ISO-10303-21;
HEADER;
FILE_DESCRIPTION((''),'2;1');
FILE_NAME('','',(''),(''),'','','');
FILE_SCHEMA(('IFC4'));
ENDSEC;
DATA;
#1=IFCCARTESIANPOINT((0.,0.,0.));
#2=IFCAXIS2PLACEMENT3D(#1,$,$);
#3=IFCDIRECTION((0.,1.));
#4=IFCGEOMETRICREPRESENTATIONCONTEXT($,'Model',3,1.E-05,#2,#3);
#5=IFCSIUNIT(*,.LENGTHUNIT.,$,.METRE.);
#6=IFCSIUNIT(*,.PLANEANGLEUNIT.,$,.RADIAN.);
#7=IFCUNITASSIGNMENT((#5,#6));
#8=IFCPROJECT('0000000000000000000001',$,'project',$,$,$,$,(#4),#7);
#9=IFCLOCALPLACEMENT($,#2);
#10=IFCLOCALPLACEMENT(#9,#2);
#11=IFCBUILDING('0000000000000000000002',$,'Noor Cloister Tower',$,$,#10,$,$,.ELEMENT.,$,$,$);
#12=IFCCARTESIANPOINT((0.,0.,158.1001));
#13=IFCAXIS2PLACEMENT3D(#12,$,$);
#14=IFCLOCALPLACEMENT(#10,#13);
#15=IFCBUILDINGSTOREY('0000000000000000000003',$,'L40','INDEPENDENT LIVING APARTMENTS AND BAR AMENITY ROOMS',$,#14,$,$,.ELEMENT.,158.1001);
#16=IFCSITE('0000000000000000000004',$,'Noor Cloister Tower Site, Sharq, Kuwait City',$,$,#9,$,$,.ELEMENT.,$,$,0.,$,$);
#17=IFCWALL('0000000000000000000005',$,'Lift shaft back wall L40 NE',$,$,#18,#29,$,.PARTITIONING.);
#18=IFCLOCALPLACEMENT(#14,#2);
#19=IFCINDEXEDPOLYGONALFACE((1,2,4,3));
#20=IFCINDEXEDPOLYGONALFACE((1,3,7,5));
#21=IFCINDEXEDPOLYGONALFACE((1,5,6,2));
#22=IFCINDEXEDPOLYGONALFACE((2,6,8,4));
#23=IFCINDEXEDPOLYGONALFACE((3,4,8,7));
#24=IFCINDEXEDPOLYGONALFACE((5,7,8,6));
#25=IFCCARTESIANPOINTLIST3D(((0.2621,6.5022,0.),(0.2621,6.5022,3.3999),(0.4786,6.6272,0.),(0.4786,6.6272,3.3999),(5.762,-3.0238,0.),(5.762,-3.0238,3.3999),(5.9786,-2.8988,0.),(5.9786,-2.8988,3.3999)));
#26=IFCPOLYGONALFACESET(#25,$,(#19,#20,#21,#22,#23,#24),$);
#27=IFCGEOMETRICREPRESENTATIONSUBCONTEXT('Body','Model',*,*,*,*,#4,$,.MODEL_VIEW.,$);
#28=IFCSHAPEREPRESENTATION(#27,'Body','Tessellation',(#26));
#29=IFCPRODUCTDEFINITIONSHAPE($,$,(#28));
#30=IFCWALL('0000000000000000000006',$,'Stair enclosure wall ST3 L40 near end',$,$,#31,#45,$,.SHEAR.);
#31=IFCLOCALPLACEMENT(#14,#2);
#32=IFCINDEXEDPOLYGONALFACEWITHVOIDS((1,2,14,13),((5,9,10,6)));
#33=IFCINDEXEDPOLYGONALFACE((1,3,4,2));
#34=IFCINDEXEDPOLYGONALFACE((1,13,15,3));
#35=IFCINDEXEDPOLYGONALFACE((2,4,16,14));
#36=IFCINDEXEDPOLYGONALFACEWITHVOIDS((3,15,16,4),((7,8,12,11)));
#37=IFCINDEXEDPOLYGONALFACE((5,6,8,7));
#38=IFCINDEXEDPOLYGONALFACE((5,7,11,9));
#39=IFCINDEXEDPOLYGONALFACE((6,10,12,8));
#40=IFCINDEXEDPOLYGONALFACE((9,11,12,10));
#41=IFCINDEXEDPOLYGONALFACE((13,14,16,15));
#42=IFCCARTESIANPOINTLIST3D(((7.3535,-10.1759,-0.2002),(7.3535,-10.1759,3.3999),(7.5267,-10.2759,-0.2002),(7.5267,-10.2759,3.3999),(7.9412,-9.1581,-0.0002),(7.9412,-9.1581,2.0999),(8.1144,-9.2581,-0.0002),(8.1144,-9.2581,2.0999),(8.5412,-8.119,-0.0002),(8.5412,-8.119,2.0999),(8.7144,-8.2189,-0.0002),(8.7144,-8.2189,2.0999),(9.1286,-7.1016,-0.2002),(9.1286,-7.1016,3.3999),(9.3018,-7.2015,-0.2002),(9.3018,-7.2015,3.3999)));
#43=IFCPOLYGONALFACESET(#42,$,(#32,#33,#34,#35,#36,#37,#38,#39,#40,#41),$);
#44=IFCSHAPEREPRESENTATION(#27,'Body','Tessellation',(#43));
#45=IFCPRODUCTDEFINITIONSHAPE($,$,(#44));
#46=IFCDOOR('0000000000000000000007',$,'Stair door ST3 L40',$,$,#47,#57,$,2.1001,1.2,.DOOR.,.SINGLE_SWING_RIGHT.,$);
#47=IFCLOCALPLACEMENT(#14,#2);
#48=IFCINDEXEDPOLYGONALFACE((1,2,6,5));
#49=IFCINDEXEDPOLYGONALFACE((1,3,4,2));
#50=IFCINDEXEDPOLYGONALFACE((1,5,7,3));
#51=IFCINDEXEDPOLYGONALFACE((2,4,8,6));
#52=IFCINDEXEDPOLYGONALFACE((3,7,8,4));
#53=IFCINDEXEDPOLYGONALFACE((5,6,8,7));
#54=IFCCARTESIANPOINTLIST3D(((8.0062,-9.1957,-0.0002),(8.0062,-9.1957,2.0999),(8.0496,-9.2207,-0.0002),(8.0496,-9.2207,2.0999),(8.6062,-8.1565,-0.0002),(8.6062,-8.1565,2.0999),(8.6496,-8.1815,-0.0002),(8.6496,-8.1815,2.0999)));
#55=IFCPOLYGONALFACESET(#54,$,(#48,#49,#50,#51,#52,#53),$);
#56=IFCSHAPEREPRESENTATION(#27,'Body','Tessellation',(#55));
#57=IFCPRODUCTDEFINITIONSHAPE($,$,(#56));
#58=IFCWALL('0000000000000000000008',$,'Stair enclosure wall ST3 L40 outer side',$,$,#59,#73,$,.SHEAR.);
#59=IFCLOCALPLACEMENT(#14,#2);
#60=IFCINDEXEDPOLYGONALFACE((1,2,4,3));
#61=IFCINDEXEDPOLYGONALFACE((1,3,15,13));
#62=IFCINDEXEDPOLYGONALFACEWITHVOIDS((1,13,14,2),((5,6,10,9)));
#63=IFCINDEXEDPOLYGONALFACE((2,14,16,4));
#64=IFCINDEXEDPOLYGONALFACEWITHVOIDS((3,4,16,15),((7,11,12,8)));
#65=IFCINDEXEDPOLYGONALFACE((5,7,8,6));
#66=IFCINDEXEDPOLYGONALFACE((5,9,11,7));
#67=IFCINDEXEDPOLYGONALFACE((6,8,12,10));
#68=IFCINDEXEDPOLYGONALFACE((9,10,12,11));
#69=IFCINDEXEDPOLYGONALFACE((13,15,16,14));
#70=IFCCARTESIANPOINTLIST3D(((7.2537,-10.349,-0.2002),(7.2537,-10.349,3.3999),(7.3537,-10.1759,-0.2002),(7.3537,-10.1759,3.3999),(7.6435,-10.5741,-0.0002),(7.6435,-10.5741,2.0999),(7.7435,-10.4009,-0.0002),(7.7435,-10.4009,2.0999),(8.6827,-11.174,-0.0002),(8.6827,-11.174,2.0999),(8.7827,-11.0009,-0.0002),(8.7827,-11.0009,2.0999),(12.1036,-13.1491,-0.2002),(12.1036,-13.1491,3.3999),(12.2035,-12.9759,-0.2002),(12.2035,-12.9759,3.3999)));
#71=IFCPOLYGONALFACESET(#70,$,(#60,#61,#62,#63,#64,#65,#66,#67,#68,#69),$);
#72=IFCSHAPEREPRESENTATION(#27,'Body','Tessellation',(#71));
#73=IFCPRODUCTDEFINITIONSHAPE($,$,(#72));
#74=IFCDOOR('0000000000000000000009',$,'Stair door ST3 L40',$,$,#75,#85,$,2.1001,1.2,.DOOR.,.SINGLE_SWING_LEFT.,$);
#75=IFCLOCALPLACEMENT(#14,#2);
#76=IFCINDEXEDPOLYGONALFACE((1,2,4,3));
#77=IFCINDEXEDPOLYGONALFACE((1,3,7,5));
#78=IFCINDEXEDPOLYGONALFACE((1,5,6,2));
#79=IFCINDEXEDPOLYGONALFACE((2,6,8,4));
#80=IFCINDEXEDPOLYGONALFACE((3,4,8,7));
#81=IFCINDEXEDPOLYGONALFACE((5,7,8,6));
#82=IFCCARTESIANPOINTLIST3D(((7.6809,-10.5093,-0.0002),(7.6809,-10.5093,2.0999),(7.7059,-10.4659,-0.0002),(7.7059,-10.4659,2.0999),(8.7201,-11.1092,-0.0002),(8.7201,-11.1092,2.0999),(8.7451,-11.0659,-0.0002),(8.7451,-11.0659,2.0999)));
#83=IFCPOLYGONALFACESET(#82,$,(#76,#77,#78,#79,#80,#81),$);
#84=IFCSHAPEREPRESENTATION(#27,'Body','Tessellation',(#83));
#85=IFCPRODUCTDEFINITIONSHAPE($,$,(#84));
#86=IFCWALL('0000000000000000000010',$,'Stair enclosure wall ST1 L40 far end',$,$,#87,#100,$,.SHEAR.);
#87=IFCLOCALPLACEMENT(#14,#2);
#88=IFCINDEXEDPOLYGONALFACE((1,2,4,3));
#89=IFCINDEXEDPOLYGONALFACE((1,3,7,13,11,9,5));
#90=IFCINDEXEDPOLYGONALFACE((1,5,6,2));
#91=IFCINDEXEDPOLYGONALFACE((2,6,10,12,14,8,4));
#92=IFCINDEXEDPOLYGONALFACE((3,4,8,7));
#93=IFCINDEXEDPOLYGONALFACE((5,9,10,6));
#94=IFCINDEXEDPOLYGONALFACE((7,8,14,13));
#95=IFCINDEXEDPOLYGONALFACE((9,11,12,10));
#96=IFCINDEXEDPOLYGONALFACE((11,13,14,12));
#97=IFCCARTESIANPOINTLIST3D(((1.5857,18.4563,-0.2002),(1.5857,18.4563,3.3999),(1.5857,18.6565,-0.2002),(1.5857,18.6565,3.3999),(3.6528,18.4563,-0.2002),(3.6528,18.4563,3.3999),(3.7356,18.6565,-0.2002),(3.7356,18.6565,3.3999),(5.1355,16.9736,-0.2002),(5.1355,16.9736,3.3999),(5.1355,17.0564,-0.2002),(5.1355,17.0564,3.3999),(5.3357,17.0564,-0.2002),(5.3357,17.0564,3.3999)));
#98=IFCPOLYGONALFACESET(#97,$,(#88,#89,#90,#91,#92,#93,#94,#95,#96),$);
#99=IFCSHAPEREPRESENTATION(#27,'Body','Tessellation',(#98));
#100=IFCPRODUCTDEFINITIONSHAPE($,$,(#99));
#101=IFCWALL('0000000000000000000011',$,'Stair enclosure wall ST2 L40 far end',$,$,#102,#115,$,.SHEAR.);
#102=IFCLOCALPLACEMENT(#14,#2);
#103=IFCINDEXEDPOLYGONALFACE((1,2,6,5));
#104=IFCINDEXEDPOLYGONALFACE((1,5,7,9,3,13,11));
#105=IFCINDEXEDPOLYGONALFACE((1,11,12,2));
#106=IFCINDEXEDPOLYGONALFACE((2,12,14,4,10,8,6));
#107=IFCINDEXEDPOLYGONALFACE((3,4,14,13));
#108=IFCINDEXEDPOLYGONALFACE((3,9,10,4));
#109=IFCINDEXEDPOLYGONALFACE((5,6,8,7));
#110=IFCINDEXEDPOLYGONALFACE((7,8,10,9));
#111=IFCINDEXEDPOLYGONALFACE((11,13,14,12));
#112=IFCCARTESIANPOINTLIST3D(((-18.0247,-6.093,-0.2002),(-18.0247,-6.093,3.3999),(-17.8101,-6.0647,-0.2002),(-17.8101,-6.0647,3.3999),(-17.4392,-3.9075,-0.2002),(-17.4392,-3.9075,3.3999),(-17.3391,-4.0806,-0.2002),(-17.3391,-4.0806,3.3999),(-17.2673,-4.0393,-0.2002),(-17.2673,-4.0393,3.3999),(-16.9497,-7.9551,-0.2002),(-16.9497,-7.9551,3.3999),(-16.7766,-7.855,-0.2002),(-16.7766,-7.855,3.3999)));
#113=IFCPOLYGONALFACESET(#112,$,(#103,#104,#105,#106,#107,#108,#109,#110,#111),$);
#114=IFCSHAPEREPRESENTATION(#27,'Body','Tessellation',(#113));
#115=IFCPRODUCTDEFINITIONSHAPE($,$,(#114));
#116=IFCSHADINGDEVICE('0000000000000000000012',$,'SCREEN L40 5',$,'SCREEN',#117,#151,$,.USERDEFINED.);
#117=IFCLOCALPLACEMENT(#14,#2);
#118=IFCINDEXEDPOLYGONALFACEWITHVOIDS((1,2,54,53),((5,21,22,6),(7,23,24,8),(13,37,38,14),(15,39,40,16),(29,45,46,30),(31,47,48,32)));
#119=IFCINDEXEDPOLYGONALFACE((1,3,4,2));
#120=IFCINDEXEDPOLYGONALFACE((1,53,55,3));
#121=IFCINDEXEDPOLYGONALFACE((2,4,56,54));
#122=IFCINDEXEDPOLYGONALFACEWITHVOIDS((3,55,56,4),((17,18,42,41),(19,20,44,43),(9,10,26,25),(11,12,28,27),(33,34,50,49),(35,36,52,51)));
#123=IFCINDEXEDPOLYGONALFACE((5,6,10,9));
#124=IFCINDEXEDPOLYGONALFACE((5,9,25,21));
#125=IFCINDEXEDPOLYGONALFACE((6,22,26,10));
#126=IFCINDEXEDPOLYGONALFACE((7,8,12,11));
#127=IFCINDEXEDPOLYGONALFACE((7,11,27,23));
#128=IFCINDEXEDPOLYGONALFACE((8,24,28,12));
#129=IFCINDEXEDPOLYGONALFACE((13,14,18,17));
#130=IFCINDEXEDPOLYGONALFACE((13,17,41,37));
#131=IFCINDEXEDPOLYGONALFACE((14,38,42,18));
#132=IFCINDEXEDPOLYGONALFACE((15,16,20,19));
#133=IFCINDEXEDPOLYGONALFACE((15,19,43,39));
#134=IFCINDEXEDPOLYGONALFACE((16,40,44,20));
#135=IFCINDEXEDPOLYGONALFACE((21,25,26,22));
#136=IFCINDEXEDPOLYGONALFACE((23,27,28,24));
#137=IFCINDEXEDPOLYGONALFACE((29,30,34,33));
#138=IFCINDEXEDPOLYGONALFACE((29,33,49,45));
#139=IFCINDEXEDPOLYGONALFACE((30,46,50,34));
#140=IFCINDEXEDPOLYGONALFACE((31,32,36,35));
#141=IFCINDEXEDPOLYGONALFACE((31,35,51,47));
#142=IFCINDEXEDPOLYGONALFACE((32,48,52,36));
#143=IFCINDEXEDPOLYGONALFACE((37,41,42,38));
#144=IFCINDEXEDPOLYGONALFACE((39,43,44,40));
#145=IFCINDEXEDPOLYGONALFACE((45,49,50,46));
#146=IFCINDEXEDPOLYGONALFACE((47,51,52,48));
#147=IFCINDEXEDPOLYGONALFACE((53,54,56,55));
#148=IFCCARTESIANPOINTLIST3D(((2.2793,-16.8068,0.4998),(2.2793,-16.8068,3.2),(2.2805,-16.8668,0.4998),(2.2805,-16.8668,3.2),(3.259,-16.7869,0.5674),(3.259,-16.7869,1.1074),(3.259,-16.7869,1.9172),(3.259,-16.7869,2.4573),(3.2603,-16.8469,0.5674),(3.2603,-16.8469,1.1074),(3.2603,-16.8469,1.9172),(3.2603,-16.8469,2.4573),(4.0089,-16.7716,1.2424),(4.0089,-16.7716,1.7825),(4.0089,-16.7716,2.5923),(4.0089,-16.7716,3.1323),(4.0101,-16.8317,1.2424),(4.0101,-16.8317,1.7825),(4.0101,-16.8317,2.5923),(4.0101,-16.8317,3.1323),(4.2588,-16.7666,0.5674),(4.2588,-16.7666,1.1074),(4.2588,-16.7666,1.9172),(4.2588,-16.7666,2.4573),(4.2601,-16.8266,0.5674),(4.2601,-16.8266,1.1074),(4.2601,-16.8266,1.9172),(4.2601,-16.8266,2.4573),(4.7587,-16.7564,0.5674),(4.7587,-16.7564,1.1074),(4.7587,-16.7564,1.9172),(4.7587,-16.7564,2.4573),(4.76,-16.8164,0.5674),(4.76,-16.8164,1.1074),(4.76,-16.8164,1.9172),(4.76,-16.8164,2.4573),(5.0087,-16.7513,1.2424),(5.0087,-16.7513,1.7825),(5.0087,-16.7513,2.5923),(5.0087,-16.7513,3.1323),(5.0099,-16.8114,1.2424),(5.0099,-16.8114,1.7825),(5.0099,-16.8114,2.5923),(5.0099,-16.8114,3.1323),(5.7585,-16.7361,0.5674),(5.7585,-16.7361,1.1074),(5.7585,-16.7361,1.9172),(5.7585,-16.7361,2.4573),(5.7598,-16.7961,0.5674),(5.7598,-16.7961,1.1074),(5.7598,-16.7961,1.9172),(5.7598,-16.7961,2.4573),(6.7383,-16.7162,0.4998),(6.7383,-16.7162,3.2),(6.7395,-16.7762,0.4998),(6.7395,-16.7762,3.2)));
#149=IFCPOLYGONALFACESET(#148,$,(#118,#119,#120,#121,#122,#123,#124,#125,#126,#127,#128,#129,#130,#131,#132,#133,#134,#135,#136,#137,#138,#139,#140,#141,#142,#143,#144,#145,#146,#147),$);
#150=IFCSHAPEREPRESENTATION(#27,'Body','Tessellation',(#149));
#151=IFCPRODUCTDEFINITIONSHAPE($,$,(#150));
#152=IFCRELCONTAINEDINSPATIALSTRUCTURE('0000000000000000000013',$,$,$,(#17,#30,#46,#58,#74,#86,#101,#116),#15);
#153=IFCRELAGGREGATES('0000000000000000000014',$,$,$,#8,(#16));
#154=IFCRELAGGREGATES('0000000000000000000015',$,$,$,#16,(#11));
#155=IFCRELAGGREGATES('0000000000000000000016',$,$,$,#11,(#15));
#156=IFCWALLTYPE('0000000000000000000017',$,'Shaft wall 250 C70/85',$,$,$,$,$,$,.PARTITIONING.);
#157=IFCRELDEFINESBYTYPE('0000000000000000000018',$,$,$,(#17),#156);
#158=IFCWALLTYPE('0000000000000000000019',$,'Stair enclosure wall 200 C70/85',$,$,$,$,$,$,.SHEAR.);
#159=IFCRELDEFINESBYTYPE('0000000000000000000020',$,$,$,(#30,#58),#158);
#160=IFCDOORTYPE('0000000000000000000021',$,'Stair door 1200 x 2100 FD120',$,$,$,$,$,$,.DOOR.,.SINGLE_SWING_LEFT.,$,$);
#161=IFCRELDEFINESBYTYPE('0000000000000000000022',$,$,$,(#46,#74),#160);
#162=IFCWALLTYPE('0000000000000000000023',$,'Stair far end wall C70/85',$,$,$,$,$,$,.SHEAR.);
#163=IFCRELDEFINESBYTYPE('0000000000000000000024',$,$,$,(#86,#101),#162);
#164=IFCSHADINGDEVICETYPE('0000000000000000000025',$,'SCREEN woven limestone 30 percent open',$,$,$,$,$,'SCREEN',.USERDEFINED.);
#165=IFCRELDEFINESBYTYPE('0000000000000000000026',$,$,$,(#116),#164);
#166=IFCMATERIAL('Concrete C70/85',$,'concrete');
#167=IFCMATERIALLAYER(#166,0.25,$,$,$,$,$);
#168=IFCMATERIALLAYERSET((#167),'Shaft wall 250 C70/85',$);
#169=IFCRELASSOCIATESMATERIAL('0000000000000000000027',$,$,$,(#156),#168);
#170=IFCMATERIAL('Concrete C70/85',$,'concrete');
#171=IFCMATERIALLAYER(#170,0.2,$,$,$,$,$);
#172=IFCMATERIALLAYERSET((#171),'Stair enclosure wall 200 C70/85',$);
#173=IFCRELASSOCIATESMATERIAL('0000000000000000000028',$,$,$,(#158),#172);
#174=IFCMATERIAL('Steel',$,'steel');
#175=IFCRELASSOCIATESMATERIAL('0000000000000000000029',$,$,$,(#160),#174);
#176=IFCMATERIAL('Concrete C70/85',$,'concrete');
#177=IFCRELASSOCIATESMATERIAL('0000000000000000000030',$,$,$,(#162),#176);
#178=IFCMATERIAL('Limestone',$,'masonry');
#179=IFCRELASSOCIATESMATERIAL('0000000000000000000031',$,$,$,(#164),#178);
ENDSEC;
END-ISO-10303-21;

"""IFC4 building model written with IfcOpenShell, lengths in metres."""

from ifc_helpers import new_model, si_unit, direction, frame, frame_2d, origin, place, context, subcontext, project, spatial, polyline, rectangle, outline, extrude, material, layer, layer_set, material_profile, profile_set, type_object, element, fill, save


model = new_model("IFC4")

# Units and contexts
model_context = context("Model", 3, precision=1e-05, world=origin(), true_north=direction((0.0, 1.0)))
body_context = subcontext(model_context, "Body", "Model", "MODEL_VIEW")
ifc_project = project(units=[si_unit("LENGTHUNIT", "METRE"), si_unit("PLANEANGLEUNIT", "RADIAN")], contexts=[model_context])

# Site, building, storey
site_placement = place(None, origin())
site = spatial("IfcSite", under=ifc_project, at=site_placement, Name="Noor Cloister Tower Site, Sharq, Kuwait City", CompositionType="ELEMENT", RefElevation=0.0)
building_placement = place(site_placement, origin())
building = spatial("IfcBuilding", under=site, at=building_placement, Name="Noor Cloister Tower", CompositionType="ELEMENT")
storey_placement = place(building_placement, frame((0.0, 0.0, 158.1001)))
storey = spatial("IfcBuildingStorey", under=building, at=storey_placement, Name="L40", Description="INDEPENDENT LIVING APARTMENTS AND BAR AMENITY ROOMS", CompositionType="ELEMENT", Elevation=158.1001)

# Wall
ifc_material_1 = material(Name="Concrete C70/85", Category="concrete")
ifc_layer_1 = layer(ifc_material_1, 0.25)
ifc_layer_set_1 = layer_set([ifc_layer_1], Name="Shaft wall 250 C70/85")
wall_type_1 = type_object("IfcWallType", Name="Shaft wall 250 C70/85", PredefinedType="PARTITIONING", material=ifc_layer_set_1)
wall_1_placement = place(storey_placement, frame((5.8704, -2.9614, 0.0), z_axis=(0.0, 0.0, 1.0), x_axis=(-0.500006, 0.866022, 0.0)))
element("IfcWall", 1, at=wall_1_placement, inside=storey, type_object=wall_type_1, Name="Lift shaft back wall L40 NE", PredefinedType="PARTITIONING", context=body_context, shape_type="SweptSolid", body=[
    extrude(rectangle(XDim=10.9998, YDim=0.25, at=frame_2d((5.5, 0.0))), origin(), (0.0, 0.0, 1.0), 3.3999),
])

# Walls, openings, doors
ifc_material_2 = material(Name="Concrete C70/85", Category="concrete")
ifc_layer_2 = layer(ifc_material_2, 0.2)
ifc_layer_set_2 = layer_set([ifc_layer_2], Name="Stair enclosure wall 200 C70/85")
wall_type_2 = type_object("IfcWallType", Name="Stair enclosure wall 200 C70/85", PredefinedType="SHEAR", material=ifc_layer_set_2)
wall_2_placement = place(storey_placement, frame((7.4402, -10.2258, -0.2002), z_axis=(0.0, 0.0, 1.0), x_axis=(0.500022, 0.866013, 0.0)))
wall_2 = element("IfcWall", 2, at=wall_2_placement, inside=storey, type_object=wall_type_2, Name="Stair enclosure wall ST3 L40 near end", PredefinedType="SHEAR", context=body_context, shape_type="SweptSolid", body=[
    extrude(rectangle(XDim=3.55, YDim=0.2, at=frame_2d((1.7749, 0.0))), origin(), (0.0, 0.0, 1.0), 3.6001),
])
opening_1_placement = place(wall_2_placement, frame((1.175, 0.0, 0.2)))
opening_1 = element("IfcOpeningElement", 3, at=opening_1_placement, cuts=wall_2, PredefinedType="OPENING", context=body_context, shape_type="SweptSolid", body=[
    extrude(rectangle(XDim=1.2, YDim=2.1001, at=frame_2d((0.6001, 1.05))), frame((0.0, 0.1099, 0.0), z_axis=(0.0, -1.0, 0.0), x_axis=(1.0, 0.0, 0.0)), (0.0, 0.0, 1.0), 0.22),
])
ifc_material_3 = material(Name="Steel", Category="steel")
door_type_1 = type_object("IfcDoorType", Name="Stair door 1200 x 2100 FD120", OperationType="SINGLE_SWING_LEFT", PredefinedType="DOOR", material=ifc_material_3)
door_1_placement = place(opening_1_placement, origin())
door_1 = element("IfcDoor", 4, at=door_1_placement, inside=storey, type_object=door_type_1, Name="Stair door ST3 L40", OperationType="SINGLE_SWING_RIGHT", OverallHeight=2.1001, OverallWidth=1.2, PredefinedType="DOOR", context=body_context, shape_type="SweptSolid", body=[
    extrude(rectangle(XDim=1.2, YDim=2.1001, at=frame_2d((0.6001, 1.05))), frame((0.0, 0.0249, 0.0), z_axis=(0.0, -1.0, 0.0), x_axis=(1.0, 0.0, 0.0)), (0.0, 0.0, 1.0), 0.05),
])
fill(opening_1, door_1)
wall_3_placement = place(storey_placement, frame((7.3037, -10.2625, -0.2002), z_axis=(0.0, 0.0, 1.0), x_axis=(0.866027, -0.499998, 0.0)))
wall_3 = element("IfcWall", 5, at=wall_3_placement, inside=storey, type_object=wall_type_2, Name="Stair enclosure wall ST3 L40 outer side", PredefinedType="SHEAR", context=body_context, shape_type="SweptSolid", body=[
    extrude(rectangle(XDim=5.6001, YDim=0.2, at=frame_2d((2.8, 0.0))), origin(), (0.0, 0.0, 1.0), 3.6001),
])
opening_2_placement = place(wall_3_placement, frame((0.45, 0.0, 0.2)))
opening_2 = element("IfcOpeningElement", 6, at=opening_2_placement, cuts=wall_3, PredefinedType="OPENING", context=body_context, shape_type="SweptSolid", body=[
    extrude(rectangle(XDim=1.2, YDim=2.1001, at=frame_2d((0.6001, 1.05))), frame((0.0, 0.1099, 0.0), z_axis=(0.0, -1.0, 0.0), x_axis=(1.0, 0.0, 0.0)), (0.0, 0.0, 1.0), 0.22),
])
door_2_placement = place(opening_2_placement, origin())
door_2 = element("IfcDoor", 7, at=door_2_placement, inside=storey, type_object=door_type_1, Name="Stair door ST3 L40", OperationType="SINGLE_SWING_LEFT", OverallHeight=2.1001, OverallWidth=1.2, PredefinedType="DOOR", context=body_context, shape_type="SweptSolid", body=[
    extrude(rectangle(XDim=1.2, YDim=2.1001, at=frame_2d((0.6001, 1.05))), frame((0.0, 0.0249, 0.0), z_axis=(0.0, -1.0, 0.0), x_axis=(1.0, 0.0, 0.0)), (0.0, 0.0, 1.0), 0.05),
])
fill(opening_2, door_2)

# Walls
ifc_material_4 = material(Name="Concrete C70/85", Category="concrete")
wall_type_3 = type_object("IfcWallType", Name="Stair far end wall C70/85", PredefinedType="SHEAR", material=ifc_material_4)
wall_4_placement = place(storey_placement, frame((0.0, 0.0, -0.2002)))
element("IfcWall", 8, at=wall_4_placement, inside=storey, type_object=wall_type_3, Name="Stair enclosure wall ST1 L40 far end", PredefinedType="SHEAR", context=body_context, shape_type="SweptSolid", body=[
    extrude(outline(polyline([(5.3357, 17.0564), (3.7356, 18.6565), (1.5857, 18.6565), (1.5857, 18.4563), (3.6528, 18.4563), (5.1355, 16.9736), (5.1355, 17.0564), (5.1355, 17.0564), (5.1355, 17.0564), (5.1355, 17.0564), (5.1355, 17.0564), (5.1355, 17.0564), (5.1355, 17.0564), (5.1355, 17.0564), (5.1355, 17.0564), (5.1355, 17.0564), (5.1355, 17.0564), (5.1355, 17.0564), (5.1355, 17.0564), (5.1355, 17.0564), (5.1355, 17.0564), (5.1355, 17.0564), (5.1355, 17.0564), (5.3357, 17.0564)])), origin(), (0.0, 0.0, 1.0), 3.6001),
])
wall_5_placement = place(storey_placement, frame((0.0, 0.0, -0.2002)))
element("IfcWall", 9, at=wall_5_placement, inside=storey, type_object=wall_type_3, Name="Stair enclosure wall ST2 L40 far end", PredefinedType="SHEAR", context=body_context, shape_type="SweptSolid", body=[
    extrude(outline(polyline([(-17.4392, -3.9075), (-18.0247, -6.093), (-16.9497, -7.9551), (-16.7766, -7.855), (-17.8101, -6.0647), (-17.2673, -4.0393), (-17.3391, -4.0806), (-17.3391, -4.0806), (-17.3391, -4.0806), (-17.3391, -4.0806), (-17.3391, -4.0806), (-17.3391, -4.0806), (-17.3391, -4.0806), (-17.3391, -4.0806), (-17.3391, -4.0806), (-17.3391, -4.0806), (-17.3391, -4.0806), (-17.3391, -4.0806), (-17.3391, -4.0806), (-17.3391, -4.0806), (-17.3391, -4.0806), (-17.3391, -4.0806), (-17.3391, -4.0806), (-17.4392, -3.9075)])), origin(), (0.0, 0.0, 1.0), 3.6001),
])

# Shading device
ifc_material_5 = material(Name="Limestone", Category="masonry")
ifc_material_profile_1 = material_profile(ifc_material_5, outline(polyline([(-2.23, -1.3501), (2.23, -1.3501), (2.23, 1.3501), (-2.23, 1.3501), (-2.23, -1.3501)]), holes=[polyline([(-1.25, -1.2825), (-0.25, -1.2825), (-0.25, -0.7424), (-1.25, -0.7424), (-1.25, -1.2825)]), polyline([(0.25, -1.2825), (1.25, -1.2825), (1.25, -0.7424), (0.25, -0.7424), (0.25, -1.2825)]), polyline([(-0.5, -0.6074), (0.5, -0.6074), (0.5, -0.0674), (-0.5, -0.0674), (-0.5, -0.6074)]), polyline([(-1.25, 0.0674), (-0.25, 0.0674), (-0.25, 0.6074), (-1.25, 0.6074), (-1.25, 0.0674)]), polyline([(0.25, 0.0674), (1.25, 0.0674), (1.25, 0.6074), (0.25, 0.6074), (0.25, 0.0674)]), polyline([(-0.5, 0.7424), (0.5, 0.7424), (0.5, 1.2825), (-0.5, 1.2825), (-0.5, 0.7424)])]), Name="Woven screen 30 percent open")
ifc_profile_set_1 = profile_set([ifc_material_profile_1], Name="Limestone")
shading_device_type_1 = type_object("IfcShadingDeviceType", Name="SCREEN woven limestone 30 percent open", ElementType="SCREEN", PredefinedType="USERDEFINED", material=ifc_profile_set_1)
for number, where, z_axis, x_axis, name in (
    (10, (4.5088, -16.7615, 1.8499), (0.020321, -0.999794, 0.0), (0.999794, 0.020321, 0.0), "SCREEN L40 5"),
):
    element("IfcShadingDevice", number, at=place(storey_placement, frame(where, z_axis=z_axis, x_axis=x_axis)), inside=storey, type_object=shading_device_type_1, Name=name, ObjectType="SCREEN", PredefinedType="USERDEFINED", context=body_context, shape_type="SweptSolid", body=[
        extrude(outline(polyline([(-2.23, -1.3501), (2.23, -1.3501), (2.23, 1.3501), (-2.23, 1.3501), (-2.23, -1.3501)]), holes=[polyline([(-1.25, -1.2825), (-0.25, -1.2825), (-0.25, -0.7424), (-1.25, -0.7424), (-1.25, -1.2825)]), polyline([(0.25, -1.2825), (1.25, -1.2825), (1.25, -0.7424), (0.25, -0.7424), (0.25, -1.2825)]), polyline([(-0.5, -0.6074), (0.5, -0.6074), (0.5, -0.0674), (-0.5, -0.0674), (-0.5, -0.6074)]), polyline([(-1.25, 0.0674), (-0.25, 0.0674), (-0.25, 0.6074), (-1.25, 0.6074), (-1.25, 0.0674)]), polyline([(0.25, 0.0674), (1.25, 0.0674), (1.25, 0.6074), (0.25, 0.6074), (0.25, 0.0674)]), polyline([(-0.5, 0.7424), (0.5, 0.7424), (0.5, 1.2825), (-0.5, 1.2825), (-0.5, 0.7424)])]), origin(), (0.0, 0.0, 1.0), 0.0601),
    ])

save(model, "model.ifc")
